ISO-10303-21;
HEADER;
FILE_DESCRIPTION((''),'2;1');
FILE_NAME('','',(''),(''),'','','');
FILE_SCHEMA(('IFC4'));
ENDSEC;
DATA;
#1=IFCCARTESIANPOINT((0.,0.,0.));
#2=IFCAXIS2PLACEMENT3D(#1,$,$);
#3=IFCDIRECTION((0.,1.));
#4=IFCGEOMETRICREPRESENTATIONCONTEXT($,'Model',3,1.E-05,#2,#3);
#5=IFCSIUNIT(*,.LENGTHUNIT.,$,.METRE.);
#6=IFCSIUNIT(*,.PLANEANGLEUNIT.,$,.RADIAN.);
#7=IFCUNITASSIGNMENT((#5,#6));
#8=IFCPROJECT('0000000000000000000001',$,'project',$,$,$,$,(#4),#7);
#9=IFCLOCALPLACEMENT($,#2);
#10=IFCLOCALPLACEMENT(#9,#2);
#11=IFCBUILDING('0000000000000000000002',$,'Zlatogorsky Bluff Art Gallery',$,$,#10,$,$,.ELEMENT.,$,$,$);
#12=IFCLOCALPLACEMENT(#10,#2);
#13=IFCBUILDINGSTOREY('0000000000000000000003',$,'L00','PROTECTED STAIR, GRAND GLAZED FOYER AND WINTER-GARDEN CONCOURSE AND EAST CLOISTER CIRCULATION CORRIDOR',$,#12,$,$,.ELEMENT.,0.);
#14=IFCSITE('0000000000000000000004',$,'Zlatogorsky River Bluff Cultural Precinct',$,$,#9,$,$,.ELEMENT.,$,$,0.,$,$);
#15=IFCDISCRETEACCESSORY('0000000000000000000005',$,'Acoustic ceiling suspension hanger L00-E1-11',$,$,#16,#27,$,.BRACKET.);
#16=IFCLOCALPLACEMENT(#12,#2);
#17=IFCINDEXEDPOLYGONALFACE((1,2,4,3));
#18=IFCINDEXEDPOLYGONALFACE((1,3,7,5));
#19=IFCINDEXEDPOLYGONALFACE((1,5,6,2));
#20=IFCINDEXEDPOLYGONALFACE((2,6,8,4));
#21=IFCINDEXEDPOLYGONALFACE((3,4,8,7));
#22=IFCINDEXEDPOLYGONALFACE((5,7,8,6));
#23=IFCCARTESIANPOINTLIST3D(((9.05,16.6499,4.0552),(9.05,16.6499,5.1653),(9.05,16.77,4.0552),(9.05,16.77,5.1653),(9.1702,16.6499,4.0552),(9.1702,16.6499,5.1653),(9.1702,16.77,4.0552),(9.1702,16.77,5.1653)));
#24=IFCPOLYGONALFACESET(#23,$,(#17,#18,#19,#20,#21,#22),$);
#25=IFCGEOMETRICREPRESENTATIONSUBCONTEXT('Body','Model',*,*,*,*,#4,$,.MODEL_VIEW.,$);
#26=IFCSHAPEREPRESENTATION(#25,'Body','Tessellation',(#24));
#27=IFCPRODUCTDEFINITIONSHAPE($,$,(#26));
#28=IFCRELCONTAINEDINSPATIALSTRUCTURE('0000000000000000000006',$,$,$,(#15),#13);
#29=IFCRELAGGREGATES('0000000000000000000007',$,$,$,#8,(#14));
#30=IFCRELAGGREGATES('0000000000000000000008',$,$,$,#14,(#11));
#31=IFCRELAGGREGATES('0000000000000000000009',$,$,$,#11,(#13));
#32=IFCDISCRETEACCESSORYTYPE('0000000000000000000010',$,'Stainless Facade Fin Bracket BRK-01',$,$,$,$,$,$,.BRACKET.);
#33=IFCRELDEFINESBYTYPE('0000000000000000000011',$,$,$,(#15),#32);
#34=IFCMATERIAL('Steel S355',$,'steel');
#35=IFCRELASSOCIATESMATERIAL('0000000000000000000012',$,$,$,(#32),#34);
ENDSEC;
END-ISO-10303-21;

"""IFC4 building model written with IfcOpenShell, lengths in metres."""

from ifc_helpers import new_model, si_unit, direction, frame, origin, origin_2d, place, context, subcontext, project, spatial, rectangle, extrude, material, type_object, element, save


model = new_model("IFC4")

# Units and contexts
model_context = context("Model", 3, precision=1e-05, world=origin(), true_north=direction((0.0, 1.0)))
body_context = subcontext(model_context, "Body", "Model", "MODEL_VIEW")
ifc_project = project(units=[si_unit("LENGTHUNIT", "METRE"), si_unit("PLANEANGLEUNIT", "RADIAN")], contexts=[model_context])

# Site, building, storey
site_placement = place(None, origin())
site = spatial("IfcSite", under=ifc_project, at=site_placement, Name="Zlatogorsky River Bluff Cultural Precinct", CompositionType="ELEMENT", RefElevation=0.0)
building_placement = place(site_placement, origin())
building = spatial("IfcBuilding", under=site, at=building_placement, Name="Zlatogorsky Bluff Art Gallery", CompositionType="ELEMENT")
storey_placement = place(building_placement, origin())
storey = spatial("IfcBuildingStorey", under=building, at=storey_placement, Name="L00", Description="PROTECTED STAIR, GRAND GLAZED FOYER AND WINTER-GARDEN CONCOURSE AND EAST CLOISTER CIRCULATION CORRIDOR", CompositionType="ELEMENT", Elevation=0.0)

# Shared definitions
ifc_material_1 = material(Name="Steel S355", Category="steel")

# Discrete accessory
discrete_accessory_type = type_object("IfcDiscreteAccessoryType", Name="Stainless Facade Fin Bracket BRK-01", PredefinedType="BRACKET", material=ifc_material_1)
discrete_accessory_placement = place(storey_placement, frame((9.1101, 16.71, 4.0552), z_axis=(0.0, 0.0, 1.0), x_axis=(1.0, 0.0, 0.0)))
element("IfcDiscreteAccessory", 1, at=discrete_accessory_placement, inside=storey, type_object=discrete_accessory_type, Name="Acoustic ceiling suspension hanger L00-E1-11", PredefinedType="BRACKET", context=body_context, shape_type="SweptSolid", body=[
    extrude(rectangle(XDim=0.1201, YDim=0.1201, at=origin_2d()), origin(), (0.0, 0.0, 1.0), 1.1101),
])

save(model, "model.ifc")
